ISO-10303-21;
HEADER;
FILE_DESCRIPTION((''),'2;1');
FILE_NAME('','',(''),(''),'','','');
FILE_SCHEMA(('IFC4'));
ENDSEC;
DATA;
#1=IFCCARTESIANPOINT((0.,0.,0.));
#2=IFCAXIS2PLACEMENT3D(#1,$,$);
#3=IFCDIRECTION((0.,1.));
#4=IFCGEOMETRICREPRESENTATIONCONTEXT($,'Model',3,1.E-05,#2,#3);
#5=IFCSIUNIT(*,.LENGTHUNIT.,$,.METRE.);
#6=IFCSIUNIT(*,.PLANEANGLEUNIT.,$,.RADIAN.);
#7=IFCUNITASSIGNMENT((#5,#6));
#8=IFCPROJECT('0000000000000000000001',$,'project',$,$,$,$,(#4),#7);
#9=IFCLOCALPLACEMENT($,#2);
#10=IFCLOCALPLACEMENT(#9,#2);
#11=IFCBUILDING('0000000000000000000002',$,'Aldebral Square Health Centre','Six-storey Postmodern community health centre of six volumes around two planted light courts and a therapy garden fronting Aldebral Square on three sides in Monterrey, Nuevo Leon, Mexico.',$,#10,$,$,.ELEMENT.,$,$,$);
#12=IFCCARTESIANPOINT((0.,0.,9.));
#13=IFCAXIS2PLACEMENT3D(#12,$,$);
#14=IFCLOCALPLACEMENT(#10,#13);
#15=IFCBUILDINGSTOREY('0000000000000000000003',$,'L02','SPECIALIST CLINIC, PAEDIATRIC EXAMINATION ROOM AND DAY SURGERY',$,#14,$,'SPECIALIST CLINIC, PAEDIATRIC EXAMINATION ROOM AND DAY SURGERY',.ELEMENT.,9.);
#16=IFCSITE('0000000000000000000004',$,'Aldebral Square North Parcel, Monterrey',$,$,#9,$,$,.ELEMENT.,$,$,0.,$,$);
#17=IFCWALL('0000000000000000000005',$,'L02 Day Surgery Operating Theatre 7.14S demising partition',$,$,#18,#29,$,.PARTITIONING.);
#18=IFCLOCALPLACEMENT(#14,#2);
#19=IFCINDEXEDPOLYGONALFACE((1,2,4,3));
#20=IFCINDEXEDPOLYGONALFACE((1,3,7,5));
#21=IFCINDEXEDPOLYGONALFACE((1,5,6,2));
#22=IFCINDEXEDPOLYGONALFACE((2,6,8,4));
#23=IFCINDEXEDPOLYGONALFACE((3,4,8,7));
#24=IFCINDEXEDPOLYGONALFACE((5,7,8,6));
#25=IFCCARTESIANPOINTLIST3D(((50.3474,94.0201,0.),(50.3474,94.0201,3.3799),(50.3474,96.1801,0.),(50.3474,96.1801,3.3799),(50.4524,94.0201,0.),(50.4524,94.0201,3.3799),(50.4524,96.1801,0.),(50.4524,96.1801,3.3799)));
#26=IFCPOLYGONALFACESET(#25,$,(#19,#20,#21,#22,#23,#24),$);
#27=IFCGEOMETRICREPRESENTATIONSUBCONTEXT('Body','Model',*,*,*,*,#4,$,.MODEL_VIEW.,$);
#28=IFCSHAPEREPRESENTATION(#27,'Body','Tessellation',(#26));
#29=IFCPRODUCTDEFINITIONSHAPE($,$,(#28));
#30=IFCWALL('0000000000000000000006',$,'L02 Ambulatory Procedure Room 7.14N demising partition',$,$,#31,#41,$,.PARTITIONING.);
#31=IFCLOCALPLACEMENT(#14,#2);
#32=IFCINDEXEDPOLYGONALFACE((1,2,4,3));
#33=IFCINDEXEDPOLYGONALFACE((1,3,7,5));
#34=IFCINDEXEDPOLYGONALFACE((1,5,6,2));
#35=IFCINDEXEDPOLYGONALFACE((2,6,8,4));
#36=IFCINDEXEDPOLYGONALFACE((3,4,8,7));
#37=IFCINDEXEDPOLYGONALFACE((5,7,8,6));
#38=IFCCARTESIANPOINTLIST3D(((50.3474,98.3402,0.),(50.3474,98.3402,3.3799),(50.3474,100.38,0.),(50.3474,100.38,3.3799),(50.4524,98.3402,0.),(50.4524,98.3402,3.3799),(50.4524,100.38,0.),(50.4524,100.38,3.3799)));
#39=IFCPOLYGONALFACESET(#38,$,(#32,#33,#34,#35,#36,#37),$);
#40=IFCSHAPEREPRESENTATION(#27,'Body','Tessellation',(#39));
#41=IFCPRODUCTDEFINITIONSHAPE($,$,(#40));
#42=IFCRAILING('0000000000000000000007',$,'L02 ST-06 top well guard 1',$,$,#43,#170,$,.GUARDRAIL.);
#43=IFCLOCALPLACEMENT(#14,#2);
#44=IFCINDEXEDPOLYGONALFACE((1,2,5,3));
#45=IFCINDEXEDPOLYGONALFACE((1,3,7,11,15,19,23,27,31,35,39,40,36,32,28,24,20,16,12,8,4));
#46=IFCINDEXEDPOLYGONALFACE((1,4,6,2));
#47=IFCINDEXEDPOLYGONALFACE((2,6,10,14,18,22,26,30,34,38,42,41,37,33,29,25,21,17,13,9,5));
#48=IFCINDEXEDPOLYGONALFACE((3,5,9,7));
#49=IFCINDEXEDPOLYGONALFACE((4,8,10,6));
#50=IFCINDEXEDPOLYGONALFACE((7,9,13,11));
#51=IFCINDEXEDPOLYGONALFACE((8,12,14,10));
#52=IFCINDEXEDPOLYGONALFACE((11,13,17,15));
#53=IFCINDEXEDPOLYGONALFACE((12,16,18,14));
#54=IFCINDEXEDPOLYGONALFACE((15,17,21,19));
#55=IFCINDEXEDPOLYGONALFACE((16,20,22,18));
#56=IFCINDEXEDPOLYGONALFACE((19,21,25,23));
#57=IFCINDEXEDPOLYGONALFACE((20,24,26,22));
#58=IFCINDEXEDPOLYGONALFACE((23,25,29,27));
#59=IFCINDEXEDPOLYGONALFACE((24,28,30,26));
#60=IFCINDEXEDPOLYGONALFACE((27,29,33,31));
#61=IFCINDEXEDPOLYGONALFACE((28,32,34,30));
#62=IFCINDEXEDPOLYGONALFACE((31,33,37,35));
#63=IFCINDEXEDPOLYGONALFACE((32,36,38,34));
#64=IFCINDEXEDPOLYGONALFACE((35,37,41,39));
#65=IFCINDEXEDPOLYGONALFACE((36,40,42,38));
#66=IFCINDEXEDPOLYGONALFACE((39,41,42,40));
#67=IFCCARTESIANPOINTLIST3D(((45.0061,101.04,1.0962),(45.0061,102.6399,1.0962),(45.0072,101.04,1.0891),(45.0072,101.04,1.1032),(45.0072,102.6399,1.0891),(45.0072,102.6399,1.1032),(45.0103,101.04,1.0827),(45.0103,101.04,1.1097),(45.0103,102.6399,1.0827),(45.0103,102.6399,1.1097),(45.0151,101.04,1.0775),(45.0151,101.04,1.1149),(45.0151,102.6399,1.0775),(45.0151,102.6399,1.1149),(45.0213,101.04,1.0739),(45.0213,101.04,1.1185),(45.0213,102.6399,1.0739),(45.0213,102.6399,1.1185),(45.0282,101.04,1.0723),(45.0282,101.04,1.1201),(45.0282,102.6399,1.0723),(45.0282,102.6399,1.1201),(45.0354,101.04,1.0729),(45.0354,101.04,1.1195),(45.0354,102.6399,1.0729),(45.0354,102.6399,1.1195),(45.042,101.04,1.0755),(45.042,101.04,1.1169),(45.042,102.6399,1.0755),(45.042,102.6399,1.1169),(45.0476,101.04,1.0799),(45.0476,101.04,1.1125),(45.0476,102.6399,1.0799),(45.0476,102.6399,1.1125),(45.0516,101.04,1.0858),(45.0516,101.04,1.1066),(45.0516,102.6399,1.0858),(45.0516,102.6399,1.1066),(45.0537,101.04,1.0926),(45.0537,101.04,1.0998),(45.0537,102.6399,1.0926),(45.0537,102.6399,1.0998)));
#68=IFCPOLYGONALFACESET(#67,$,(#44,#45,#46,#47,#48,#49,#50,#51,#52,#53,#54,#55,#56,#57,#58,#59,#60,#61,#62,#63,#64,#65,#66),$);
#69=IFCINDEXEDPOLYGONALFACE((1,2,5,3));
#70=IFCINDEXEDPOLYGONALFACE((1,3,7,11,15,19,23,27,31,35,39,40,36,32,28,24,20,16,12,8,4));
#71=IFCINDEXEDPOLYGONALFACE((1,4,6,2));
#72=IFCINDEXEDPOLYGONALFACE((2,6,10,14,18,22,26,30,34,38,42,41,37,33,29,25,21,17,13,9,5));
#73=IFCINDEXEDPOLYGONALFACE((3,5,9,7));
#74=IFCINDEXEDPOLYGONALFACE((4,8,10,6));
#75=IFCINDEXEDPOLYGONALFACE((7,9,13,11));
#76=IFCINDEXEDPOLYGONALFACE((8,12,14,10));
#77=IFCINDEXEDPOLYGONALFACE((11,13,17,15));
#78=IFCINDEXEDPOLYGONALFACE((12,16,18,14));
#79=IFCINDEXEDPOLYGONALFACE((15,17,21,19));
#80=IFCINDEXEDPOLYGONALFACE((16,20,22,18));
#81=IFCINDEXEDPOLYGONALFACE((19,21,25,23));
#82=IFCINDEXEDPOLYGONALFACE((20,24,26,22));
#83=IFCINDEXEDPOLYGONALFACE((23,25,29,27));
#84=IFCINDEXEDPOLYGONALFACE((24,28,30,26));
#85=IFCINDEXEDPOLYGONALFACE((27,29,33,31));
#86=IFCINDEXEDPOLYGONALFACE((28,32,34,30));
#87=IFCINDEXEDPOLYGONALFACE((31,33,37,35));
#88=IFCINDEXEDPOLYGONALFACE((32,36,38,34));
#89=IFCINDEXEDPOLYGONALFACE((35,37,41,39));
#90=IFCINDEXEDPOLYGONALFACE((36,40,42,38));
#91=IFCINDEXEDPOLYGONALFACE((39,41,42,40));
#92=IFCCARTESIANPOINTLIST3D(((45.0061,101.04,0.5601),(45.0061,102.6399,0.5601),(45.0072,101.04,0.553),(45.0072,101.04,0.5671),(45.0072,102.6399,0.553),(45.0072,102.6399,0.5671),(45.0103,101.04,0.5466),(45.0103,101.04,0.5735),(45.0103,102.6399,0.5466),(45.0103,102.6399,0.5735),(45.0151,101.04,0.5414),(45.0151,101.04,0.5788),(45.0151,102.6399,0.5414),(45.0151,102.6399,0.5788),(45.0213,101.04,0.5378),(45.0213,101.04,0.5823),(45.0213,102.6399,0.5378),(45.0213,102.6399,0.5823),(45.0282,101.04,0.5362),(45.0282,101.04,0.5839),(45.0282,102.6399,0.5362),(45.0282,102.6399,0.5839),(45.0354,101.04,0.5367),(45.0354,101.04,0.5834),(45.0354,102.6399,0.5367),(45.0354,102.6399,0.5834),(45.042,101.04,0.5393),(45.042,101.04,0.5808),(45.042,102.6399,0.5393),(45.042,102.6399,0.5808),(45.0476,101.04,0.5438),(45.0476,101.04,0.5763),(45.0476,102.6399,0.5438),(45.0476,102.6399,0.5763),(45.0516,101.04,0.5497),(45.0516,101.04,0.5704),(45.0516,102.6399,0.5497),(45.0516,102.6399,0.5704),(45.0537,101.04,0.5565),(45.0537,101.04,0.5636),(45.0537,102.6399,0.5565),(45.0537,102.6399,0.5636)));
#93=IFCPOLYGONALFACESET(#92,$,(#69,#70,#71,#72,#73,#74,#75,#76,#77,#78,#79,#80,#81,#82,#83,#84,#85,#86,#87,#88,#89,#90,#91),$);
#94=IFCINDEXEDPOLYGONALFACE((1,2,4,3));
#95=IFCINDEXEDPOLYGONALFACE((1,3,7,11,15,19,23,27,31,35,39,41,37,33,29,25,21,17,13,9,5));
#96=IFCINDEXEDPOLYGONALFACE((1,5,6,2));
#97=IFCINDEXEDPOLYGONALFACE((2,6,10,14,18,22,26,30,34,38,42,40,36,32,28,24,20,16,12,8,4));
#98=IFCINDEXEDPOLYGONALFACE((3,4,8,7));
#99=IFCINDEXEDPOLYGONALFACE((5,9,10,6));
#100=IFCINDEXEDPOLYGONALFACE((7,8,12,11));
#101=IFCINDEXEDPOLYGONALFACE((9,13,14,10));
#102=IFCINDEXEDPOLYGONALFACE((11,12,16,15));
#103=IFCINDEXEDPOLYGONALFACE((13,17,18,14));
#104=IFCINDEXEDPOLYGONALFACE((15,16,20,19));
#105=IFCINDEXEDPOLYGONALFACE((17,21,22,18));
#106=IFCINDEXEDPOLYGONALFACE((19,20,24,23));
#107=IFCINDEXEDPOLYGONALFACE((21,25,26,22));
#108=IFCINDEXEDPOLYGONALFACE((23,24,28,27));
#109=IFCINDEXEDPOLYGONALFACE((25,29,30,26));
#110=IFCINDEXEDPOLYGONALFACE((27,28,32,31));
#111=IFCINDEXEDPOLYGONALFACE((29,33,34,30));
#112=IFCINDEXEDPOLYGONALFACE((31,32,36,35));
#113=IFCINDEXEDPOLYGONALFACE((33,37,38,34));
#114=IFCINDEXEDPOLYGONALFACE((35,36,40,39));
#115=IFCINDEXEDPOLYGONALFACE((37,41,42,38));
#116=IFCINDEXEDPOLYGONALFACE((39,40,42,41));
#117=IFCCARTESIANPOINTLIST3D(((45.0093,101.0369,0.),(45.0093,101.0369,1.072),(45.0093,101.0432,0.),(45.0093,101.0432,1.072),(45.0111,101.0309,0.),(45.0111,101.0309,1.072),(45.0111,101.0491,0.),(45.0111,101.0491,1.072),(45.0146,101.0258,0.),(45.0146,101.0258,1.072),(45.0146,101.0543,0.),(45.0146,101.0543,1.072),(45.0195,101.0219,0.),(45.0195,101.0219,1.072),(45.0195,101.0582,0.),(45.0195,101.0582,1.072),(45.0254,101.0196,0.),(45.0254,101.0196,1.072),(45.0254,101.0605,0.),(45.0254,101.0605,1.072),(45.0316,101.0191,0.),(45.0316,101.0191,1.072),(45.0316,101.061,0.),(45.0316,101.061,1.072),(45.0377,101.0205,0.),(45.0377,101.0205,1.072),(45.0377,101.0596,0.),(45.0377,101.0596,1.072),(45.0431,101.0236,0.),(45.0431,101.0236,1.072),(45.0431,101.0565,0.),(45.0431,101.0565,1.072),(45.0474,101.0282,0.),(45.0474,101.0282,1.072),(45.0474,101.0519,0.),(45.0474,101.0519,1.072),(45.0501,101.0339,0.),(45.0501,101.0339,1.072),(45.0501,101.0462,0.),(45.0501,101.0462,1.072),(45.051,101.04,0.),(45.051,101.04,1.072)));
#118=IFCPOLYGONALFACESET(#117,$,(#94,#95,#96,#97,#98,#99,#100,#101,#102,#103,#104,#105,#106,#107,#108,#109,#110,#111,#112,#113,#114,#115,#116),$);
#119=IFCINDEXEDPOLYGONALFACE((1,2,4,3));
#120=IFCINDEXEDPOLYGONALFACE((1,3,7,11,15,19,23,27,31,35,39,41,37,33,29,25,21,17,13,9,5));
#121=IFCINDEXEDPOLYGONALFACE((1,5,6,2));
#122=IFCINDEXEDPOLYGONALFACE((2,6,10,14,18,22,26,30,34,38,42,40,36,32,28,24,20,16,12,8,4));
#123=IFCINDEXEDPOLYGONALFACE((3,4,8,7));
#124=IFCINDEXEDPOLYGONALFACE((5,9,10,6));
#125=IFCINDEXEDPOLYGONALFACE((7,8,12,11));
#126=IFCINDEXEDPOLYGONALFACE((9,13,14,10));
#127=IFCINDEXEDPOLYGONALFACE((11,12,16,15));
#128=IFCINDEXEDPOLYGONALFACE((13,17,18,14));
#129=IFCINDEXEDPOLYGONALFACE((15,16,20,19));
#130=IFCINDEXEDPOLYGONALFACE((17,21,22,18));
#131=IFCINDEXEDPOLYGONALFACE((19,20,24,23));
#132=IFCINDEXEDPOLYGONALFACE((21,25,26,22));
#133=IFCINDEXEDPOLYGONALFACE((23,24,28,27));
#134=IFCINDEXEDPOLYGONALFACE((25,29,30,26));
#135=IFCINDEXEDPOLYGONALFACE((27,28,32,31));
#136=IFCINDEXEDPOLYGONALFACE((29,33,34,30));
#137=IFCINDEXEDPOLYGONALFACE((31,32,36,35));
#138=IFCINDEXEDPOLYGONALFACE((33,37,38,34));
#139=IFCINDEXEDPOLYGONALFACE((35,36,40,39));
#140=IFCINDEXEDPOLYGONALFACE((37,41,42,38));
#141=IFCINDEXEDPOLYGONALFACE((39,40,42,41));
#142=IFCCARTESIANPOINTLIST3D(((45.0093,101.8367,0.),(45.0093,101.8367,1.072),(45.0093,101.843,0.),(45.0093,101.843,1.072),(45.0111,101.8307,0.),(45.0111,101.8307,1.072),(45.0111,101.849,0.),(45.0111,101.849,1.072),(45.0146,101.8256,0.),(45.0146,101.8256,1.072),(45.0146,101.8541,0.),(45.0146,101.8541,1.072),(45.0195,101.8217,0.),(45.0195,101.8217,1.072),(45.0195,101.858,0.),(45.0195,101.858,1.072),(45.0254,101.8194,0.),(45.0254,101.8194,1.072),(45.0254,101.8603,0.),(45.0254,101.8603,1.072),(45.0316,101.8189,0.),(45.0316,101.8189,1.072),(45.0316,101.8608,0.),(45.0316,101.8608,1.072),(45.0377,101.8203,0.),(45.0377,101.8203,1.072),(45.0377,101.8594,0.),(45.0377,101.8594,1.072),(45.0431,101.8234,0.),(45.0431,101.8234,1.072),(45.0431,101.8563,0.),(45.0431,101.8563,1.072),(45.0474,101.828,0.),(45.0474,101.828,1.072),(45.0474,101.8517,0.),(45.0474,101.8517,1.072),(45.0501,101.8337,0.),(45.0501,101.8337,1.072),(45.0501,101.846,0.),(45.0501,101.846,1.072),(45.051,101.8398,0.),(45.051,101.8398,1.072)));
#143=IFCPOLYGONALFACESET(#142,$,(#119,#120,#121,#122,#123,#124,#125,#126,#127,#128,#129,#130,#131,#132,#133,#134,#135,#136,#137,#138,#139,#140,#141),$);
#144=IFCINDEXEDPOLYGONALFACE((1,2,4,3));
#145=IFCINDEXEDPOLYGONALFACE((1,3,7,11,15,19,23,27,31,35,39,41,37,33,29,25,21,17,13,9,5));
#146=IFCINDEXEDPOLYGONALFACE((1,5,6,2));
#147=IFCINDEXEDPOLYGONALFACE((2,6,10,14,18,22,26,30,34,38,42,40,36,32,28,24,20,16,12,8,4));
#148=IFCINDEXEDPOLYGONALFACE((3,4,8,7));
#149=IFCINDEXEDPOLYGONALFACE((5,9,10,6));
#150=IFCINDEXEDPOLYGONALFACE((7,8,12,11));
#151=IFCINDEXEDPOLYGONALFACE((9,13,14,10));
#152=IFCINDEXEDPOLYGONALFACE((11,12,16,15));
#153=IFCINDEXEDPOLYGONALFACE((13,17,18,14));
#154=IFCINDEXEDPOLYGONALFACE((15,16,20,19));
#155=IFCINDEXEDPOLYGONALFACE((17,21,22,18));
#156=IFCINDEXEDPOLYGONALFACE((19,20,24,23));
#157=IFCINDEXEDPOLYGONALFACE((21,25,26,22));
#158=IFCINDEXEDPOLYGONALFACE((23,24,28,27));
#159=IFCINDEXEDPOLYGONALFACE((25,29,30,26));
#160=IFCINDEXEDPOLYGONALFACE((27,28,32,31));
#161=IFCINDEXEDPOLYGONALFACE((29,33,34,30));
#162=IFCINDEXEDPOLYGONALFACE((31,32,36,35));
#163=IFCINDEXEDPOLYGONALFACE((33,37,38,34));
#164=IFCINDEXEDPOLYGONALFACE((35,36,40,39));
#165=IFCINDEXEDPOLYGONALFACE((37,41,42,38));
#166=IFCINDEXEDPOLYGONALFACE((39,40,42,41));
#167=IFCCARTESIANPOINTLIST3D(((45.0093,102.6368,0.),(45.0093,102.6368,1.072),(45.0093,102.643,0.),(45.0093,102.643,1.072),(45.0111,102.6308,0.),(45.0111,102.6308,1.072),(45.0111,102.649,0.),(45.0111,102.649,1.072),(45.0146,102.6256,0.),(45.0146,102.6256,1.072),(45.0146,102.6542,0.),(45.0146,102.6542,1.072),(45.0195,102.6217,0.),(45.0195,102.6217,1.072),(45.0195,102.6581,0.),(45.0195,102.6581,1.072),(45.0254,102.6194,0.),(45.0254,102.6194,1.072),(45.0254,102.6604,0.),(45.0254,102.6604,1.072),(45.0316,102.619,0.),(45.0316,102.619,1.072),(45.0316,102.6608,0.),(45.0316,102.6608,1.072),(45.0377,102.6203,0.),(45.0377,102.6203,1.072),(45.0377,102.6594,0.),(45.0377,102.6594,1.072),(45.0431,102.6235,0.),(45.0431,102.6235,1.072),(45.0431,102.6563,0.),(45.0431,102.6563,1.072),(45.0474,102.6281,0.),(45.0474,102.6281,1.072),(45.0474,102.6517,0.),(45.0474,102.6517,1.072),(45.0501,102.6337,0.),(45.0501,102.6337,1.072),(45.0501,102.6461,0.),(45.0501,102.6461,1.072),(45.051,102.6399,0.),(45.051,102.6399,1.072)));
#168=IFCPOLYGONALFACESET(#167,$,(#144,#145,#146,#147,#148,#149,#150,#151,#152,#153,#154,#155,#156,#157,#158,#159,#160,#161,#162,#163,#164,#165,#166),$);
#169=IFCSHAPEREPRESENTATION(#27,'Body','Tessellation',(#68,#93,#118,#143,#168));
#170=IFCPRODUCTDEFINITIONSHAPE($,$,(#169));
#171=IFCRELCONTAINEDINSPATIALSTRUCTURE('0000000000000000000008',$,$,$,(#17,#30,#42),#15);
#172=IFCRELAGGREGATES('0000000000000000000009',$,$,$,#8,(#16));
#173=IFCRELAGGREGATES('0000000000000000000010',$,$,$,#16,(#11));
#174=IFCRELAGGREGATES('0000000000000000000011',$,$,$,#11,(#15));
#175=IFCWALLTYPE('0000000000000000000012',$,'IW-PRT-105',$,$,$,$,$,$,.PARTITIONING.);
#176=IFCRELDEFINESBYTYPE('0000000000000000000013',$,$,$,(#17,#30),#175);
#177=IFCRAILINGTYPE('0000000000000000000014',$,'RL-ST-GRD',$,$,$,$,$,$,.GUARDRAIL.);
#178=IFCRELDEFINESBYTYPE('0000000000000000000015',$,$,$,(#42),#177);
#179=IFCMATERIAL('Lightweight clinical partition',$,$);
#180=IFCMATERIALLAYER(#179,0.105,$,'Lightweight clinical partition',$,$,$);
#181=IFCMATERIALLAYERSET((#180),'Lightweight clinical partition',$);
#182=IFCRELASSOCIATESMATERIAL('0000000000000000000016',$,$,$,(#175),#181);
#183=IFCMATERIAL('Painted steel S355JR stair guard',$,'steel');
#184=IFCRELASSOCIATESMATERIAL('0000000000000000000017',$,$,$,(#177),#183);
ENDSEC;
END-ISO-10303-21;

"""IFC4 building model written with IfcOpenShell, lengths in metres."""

from ifc_helpers import new_model, si_unit, direction, frame, frame_2d, origin, origin_2d, place, context, subcontext, project, spatial, rectangle, circle, extrude, material, layer, layer_set, type_object, element, save


model = new_model("IFC4")

# Units and contexts
model_context = context("Model", 3, precision=1e-05, world=origin(), true_north=direction((0.0, 1.0)))
body_context = subcontext(model_context, "Body", "Model", "MODEL_VIEW")
ifc_project = project(units=[si_unit("LENGTHUNIT", "METRE"), si_unit("PLANEANGLEUNIT", "RADIAN")], contexts=[model_context])

# Site, building, storey
site_placement = place(None, origin())
site = spatial("IfcSite", under=ifc_project, at=site_placement, Name="Aldebral Square North Parcel, Monterrey", CompositionType="ELEMENT", RefElevation=0.0)
building_placement = place(site_placement, origin())
building = spatial("IfcBuilding", under=site, at=building_placement, Name="Aldebral Square Health Centre", Description="Six-storey Postmodern community health centre of six volumes around two planted light courts and a therapy garden fronting Aldebral Square on three sides in Monterrey, Nuevo Leon, Mexico.", CompositionType="ELEMENT")
storey_placement = place(building_placement, frame((0.0, 0.0, 9.0)))
storey = spatial("IfcBuildingStorey", under=building, at=storey_placement, Name="L02", Description="SPECIALIST CLINIC, PAEDIATRIC EXAMINATION ROOM AND DAY SURGERY", LongName="SPECIALIST CLINIC, PAEDIATRIC EXAMINATION ROOM AND DAY SURGERY", CompositionType="ELEMENT", Elevation=9.0)

# Walls
ifc_material_1 = material(Name="Lightweight clinical partition")
ifc_layer_1 = layer(ifc_material_1, 0.105, Name="Lightweight clinical partition")
ifc_layer_set_1 = layer_set([ifc_layer_1], Name="Lightweight clinical partition")
wall_type_1 = type_object("IfcWallType", Name="IW-PRT-105", PredefinedType="PARTITIONING", material=ifc_layer_set_1)
wall_1_placement = place(storey_placement, frame((50.3999, 94.02, 0.0), z_axis=(0.0, 0.0, 1.0), x_axis=(0.0, 1.0, 0.0)))
element("IfcWall", 1, at=wall_1_placement, inside=storey, type_object=wall_type_1, Name="L02 Day Surgery Operating Theatre 7.14S demising partition", PredefinedType="PARTITIONING", context=body_context, shape_type="SweptSolid", body=[
    extrude(rectangle(XDim=2.1599, YDim=0.105, at=frame_2d((1.0801, 0.0))), origin(), (0.0, 0.0, 1.0), 3.3799),
])
wall_2_placement = place(storey_placement, frame((50.3999, 98.3401, 0.0), z_axis=(0.0, 0.0, 1.0), x_axis=(0.0, 1.0, 0.0)))
element("IfcWall", 2, at=wall_2_placement, inside=storey, type_object=wall_type_1, Name="L02 Ambulatory Procedure Room 7.14N demising partition", PredefinedType="PARTITIONING", context=body_context, shape_type="SweptSolid", body=[
    extrude(rectangle(XDim=2.0398, YDim=0.105, at=frame_2d((1.02, 0.0))), origin(), (0.0, 0.0, 1.0), 3.3799),
])

# Railing
ifc_material_2 = material(Name="Painted steel S355JR stair guard", Category="steel")
railing_type = type_object("IfcRailingType", Name="RL-ST-GRD", PredefinedType="GUARDRAIL", material=ifc_material_2)
railing_1_placement = place(storey_placement, frame((45.03, 101.04, 0.0)))
element("IfcRailing", 3, at=railing_1_placement, inside=storey, type_object=railing_type, Name="L02 ST-06 top well guard 1", PredefinedType="GUARDRAIL", context=body_context, shape_type="SweptSolid", body=[
    extrude(circle(Radius=0.0239, at=origin_2d()), frame((0.0, 0.0, 1.0962), z_axis=(0.0, 1.0, 0.0), x_axis=(-1.0, 0.0, 0.0)), (0.0, 0.0, 1.0), 1.5999),
    extrude(circle(Radius=0.0239, at=origin_2d()), frame((0.0, 0.0, 0.5601), z_axis=(0.0, 1.0, 0.0), x_axis=(-1.0, 0.0, 0.0)), (0.0, 0.0, 1.0), 1.5999),
    extrude(circle(Radius=0.021, at=origin_2d()), origin(), (0.0, 0.0, 1.0), 1.072),
    extrude(circle(Radius=0.021, at=origin_2d()), frame((0.0, 0.7998, 0.0)), (0.0, 0.0, 1.0), 1.072),
    extrude(circle(Radius=0.021, at=origin_2d()), frame((0.0, 1.5999, 0.0)), (0.0, 0.0, 1.0), 1.072),
])

save(model, "model.ifc")
